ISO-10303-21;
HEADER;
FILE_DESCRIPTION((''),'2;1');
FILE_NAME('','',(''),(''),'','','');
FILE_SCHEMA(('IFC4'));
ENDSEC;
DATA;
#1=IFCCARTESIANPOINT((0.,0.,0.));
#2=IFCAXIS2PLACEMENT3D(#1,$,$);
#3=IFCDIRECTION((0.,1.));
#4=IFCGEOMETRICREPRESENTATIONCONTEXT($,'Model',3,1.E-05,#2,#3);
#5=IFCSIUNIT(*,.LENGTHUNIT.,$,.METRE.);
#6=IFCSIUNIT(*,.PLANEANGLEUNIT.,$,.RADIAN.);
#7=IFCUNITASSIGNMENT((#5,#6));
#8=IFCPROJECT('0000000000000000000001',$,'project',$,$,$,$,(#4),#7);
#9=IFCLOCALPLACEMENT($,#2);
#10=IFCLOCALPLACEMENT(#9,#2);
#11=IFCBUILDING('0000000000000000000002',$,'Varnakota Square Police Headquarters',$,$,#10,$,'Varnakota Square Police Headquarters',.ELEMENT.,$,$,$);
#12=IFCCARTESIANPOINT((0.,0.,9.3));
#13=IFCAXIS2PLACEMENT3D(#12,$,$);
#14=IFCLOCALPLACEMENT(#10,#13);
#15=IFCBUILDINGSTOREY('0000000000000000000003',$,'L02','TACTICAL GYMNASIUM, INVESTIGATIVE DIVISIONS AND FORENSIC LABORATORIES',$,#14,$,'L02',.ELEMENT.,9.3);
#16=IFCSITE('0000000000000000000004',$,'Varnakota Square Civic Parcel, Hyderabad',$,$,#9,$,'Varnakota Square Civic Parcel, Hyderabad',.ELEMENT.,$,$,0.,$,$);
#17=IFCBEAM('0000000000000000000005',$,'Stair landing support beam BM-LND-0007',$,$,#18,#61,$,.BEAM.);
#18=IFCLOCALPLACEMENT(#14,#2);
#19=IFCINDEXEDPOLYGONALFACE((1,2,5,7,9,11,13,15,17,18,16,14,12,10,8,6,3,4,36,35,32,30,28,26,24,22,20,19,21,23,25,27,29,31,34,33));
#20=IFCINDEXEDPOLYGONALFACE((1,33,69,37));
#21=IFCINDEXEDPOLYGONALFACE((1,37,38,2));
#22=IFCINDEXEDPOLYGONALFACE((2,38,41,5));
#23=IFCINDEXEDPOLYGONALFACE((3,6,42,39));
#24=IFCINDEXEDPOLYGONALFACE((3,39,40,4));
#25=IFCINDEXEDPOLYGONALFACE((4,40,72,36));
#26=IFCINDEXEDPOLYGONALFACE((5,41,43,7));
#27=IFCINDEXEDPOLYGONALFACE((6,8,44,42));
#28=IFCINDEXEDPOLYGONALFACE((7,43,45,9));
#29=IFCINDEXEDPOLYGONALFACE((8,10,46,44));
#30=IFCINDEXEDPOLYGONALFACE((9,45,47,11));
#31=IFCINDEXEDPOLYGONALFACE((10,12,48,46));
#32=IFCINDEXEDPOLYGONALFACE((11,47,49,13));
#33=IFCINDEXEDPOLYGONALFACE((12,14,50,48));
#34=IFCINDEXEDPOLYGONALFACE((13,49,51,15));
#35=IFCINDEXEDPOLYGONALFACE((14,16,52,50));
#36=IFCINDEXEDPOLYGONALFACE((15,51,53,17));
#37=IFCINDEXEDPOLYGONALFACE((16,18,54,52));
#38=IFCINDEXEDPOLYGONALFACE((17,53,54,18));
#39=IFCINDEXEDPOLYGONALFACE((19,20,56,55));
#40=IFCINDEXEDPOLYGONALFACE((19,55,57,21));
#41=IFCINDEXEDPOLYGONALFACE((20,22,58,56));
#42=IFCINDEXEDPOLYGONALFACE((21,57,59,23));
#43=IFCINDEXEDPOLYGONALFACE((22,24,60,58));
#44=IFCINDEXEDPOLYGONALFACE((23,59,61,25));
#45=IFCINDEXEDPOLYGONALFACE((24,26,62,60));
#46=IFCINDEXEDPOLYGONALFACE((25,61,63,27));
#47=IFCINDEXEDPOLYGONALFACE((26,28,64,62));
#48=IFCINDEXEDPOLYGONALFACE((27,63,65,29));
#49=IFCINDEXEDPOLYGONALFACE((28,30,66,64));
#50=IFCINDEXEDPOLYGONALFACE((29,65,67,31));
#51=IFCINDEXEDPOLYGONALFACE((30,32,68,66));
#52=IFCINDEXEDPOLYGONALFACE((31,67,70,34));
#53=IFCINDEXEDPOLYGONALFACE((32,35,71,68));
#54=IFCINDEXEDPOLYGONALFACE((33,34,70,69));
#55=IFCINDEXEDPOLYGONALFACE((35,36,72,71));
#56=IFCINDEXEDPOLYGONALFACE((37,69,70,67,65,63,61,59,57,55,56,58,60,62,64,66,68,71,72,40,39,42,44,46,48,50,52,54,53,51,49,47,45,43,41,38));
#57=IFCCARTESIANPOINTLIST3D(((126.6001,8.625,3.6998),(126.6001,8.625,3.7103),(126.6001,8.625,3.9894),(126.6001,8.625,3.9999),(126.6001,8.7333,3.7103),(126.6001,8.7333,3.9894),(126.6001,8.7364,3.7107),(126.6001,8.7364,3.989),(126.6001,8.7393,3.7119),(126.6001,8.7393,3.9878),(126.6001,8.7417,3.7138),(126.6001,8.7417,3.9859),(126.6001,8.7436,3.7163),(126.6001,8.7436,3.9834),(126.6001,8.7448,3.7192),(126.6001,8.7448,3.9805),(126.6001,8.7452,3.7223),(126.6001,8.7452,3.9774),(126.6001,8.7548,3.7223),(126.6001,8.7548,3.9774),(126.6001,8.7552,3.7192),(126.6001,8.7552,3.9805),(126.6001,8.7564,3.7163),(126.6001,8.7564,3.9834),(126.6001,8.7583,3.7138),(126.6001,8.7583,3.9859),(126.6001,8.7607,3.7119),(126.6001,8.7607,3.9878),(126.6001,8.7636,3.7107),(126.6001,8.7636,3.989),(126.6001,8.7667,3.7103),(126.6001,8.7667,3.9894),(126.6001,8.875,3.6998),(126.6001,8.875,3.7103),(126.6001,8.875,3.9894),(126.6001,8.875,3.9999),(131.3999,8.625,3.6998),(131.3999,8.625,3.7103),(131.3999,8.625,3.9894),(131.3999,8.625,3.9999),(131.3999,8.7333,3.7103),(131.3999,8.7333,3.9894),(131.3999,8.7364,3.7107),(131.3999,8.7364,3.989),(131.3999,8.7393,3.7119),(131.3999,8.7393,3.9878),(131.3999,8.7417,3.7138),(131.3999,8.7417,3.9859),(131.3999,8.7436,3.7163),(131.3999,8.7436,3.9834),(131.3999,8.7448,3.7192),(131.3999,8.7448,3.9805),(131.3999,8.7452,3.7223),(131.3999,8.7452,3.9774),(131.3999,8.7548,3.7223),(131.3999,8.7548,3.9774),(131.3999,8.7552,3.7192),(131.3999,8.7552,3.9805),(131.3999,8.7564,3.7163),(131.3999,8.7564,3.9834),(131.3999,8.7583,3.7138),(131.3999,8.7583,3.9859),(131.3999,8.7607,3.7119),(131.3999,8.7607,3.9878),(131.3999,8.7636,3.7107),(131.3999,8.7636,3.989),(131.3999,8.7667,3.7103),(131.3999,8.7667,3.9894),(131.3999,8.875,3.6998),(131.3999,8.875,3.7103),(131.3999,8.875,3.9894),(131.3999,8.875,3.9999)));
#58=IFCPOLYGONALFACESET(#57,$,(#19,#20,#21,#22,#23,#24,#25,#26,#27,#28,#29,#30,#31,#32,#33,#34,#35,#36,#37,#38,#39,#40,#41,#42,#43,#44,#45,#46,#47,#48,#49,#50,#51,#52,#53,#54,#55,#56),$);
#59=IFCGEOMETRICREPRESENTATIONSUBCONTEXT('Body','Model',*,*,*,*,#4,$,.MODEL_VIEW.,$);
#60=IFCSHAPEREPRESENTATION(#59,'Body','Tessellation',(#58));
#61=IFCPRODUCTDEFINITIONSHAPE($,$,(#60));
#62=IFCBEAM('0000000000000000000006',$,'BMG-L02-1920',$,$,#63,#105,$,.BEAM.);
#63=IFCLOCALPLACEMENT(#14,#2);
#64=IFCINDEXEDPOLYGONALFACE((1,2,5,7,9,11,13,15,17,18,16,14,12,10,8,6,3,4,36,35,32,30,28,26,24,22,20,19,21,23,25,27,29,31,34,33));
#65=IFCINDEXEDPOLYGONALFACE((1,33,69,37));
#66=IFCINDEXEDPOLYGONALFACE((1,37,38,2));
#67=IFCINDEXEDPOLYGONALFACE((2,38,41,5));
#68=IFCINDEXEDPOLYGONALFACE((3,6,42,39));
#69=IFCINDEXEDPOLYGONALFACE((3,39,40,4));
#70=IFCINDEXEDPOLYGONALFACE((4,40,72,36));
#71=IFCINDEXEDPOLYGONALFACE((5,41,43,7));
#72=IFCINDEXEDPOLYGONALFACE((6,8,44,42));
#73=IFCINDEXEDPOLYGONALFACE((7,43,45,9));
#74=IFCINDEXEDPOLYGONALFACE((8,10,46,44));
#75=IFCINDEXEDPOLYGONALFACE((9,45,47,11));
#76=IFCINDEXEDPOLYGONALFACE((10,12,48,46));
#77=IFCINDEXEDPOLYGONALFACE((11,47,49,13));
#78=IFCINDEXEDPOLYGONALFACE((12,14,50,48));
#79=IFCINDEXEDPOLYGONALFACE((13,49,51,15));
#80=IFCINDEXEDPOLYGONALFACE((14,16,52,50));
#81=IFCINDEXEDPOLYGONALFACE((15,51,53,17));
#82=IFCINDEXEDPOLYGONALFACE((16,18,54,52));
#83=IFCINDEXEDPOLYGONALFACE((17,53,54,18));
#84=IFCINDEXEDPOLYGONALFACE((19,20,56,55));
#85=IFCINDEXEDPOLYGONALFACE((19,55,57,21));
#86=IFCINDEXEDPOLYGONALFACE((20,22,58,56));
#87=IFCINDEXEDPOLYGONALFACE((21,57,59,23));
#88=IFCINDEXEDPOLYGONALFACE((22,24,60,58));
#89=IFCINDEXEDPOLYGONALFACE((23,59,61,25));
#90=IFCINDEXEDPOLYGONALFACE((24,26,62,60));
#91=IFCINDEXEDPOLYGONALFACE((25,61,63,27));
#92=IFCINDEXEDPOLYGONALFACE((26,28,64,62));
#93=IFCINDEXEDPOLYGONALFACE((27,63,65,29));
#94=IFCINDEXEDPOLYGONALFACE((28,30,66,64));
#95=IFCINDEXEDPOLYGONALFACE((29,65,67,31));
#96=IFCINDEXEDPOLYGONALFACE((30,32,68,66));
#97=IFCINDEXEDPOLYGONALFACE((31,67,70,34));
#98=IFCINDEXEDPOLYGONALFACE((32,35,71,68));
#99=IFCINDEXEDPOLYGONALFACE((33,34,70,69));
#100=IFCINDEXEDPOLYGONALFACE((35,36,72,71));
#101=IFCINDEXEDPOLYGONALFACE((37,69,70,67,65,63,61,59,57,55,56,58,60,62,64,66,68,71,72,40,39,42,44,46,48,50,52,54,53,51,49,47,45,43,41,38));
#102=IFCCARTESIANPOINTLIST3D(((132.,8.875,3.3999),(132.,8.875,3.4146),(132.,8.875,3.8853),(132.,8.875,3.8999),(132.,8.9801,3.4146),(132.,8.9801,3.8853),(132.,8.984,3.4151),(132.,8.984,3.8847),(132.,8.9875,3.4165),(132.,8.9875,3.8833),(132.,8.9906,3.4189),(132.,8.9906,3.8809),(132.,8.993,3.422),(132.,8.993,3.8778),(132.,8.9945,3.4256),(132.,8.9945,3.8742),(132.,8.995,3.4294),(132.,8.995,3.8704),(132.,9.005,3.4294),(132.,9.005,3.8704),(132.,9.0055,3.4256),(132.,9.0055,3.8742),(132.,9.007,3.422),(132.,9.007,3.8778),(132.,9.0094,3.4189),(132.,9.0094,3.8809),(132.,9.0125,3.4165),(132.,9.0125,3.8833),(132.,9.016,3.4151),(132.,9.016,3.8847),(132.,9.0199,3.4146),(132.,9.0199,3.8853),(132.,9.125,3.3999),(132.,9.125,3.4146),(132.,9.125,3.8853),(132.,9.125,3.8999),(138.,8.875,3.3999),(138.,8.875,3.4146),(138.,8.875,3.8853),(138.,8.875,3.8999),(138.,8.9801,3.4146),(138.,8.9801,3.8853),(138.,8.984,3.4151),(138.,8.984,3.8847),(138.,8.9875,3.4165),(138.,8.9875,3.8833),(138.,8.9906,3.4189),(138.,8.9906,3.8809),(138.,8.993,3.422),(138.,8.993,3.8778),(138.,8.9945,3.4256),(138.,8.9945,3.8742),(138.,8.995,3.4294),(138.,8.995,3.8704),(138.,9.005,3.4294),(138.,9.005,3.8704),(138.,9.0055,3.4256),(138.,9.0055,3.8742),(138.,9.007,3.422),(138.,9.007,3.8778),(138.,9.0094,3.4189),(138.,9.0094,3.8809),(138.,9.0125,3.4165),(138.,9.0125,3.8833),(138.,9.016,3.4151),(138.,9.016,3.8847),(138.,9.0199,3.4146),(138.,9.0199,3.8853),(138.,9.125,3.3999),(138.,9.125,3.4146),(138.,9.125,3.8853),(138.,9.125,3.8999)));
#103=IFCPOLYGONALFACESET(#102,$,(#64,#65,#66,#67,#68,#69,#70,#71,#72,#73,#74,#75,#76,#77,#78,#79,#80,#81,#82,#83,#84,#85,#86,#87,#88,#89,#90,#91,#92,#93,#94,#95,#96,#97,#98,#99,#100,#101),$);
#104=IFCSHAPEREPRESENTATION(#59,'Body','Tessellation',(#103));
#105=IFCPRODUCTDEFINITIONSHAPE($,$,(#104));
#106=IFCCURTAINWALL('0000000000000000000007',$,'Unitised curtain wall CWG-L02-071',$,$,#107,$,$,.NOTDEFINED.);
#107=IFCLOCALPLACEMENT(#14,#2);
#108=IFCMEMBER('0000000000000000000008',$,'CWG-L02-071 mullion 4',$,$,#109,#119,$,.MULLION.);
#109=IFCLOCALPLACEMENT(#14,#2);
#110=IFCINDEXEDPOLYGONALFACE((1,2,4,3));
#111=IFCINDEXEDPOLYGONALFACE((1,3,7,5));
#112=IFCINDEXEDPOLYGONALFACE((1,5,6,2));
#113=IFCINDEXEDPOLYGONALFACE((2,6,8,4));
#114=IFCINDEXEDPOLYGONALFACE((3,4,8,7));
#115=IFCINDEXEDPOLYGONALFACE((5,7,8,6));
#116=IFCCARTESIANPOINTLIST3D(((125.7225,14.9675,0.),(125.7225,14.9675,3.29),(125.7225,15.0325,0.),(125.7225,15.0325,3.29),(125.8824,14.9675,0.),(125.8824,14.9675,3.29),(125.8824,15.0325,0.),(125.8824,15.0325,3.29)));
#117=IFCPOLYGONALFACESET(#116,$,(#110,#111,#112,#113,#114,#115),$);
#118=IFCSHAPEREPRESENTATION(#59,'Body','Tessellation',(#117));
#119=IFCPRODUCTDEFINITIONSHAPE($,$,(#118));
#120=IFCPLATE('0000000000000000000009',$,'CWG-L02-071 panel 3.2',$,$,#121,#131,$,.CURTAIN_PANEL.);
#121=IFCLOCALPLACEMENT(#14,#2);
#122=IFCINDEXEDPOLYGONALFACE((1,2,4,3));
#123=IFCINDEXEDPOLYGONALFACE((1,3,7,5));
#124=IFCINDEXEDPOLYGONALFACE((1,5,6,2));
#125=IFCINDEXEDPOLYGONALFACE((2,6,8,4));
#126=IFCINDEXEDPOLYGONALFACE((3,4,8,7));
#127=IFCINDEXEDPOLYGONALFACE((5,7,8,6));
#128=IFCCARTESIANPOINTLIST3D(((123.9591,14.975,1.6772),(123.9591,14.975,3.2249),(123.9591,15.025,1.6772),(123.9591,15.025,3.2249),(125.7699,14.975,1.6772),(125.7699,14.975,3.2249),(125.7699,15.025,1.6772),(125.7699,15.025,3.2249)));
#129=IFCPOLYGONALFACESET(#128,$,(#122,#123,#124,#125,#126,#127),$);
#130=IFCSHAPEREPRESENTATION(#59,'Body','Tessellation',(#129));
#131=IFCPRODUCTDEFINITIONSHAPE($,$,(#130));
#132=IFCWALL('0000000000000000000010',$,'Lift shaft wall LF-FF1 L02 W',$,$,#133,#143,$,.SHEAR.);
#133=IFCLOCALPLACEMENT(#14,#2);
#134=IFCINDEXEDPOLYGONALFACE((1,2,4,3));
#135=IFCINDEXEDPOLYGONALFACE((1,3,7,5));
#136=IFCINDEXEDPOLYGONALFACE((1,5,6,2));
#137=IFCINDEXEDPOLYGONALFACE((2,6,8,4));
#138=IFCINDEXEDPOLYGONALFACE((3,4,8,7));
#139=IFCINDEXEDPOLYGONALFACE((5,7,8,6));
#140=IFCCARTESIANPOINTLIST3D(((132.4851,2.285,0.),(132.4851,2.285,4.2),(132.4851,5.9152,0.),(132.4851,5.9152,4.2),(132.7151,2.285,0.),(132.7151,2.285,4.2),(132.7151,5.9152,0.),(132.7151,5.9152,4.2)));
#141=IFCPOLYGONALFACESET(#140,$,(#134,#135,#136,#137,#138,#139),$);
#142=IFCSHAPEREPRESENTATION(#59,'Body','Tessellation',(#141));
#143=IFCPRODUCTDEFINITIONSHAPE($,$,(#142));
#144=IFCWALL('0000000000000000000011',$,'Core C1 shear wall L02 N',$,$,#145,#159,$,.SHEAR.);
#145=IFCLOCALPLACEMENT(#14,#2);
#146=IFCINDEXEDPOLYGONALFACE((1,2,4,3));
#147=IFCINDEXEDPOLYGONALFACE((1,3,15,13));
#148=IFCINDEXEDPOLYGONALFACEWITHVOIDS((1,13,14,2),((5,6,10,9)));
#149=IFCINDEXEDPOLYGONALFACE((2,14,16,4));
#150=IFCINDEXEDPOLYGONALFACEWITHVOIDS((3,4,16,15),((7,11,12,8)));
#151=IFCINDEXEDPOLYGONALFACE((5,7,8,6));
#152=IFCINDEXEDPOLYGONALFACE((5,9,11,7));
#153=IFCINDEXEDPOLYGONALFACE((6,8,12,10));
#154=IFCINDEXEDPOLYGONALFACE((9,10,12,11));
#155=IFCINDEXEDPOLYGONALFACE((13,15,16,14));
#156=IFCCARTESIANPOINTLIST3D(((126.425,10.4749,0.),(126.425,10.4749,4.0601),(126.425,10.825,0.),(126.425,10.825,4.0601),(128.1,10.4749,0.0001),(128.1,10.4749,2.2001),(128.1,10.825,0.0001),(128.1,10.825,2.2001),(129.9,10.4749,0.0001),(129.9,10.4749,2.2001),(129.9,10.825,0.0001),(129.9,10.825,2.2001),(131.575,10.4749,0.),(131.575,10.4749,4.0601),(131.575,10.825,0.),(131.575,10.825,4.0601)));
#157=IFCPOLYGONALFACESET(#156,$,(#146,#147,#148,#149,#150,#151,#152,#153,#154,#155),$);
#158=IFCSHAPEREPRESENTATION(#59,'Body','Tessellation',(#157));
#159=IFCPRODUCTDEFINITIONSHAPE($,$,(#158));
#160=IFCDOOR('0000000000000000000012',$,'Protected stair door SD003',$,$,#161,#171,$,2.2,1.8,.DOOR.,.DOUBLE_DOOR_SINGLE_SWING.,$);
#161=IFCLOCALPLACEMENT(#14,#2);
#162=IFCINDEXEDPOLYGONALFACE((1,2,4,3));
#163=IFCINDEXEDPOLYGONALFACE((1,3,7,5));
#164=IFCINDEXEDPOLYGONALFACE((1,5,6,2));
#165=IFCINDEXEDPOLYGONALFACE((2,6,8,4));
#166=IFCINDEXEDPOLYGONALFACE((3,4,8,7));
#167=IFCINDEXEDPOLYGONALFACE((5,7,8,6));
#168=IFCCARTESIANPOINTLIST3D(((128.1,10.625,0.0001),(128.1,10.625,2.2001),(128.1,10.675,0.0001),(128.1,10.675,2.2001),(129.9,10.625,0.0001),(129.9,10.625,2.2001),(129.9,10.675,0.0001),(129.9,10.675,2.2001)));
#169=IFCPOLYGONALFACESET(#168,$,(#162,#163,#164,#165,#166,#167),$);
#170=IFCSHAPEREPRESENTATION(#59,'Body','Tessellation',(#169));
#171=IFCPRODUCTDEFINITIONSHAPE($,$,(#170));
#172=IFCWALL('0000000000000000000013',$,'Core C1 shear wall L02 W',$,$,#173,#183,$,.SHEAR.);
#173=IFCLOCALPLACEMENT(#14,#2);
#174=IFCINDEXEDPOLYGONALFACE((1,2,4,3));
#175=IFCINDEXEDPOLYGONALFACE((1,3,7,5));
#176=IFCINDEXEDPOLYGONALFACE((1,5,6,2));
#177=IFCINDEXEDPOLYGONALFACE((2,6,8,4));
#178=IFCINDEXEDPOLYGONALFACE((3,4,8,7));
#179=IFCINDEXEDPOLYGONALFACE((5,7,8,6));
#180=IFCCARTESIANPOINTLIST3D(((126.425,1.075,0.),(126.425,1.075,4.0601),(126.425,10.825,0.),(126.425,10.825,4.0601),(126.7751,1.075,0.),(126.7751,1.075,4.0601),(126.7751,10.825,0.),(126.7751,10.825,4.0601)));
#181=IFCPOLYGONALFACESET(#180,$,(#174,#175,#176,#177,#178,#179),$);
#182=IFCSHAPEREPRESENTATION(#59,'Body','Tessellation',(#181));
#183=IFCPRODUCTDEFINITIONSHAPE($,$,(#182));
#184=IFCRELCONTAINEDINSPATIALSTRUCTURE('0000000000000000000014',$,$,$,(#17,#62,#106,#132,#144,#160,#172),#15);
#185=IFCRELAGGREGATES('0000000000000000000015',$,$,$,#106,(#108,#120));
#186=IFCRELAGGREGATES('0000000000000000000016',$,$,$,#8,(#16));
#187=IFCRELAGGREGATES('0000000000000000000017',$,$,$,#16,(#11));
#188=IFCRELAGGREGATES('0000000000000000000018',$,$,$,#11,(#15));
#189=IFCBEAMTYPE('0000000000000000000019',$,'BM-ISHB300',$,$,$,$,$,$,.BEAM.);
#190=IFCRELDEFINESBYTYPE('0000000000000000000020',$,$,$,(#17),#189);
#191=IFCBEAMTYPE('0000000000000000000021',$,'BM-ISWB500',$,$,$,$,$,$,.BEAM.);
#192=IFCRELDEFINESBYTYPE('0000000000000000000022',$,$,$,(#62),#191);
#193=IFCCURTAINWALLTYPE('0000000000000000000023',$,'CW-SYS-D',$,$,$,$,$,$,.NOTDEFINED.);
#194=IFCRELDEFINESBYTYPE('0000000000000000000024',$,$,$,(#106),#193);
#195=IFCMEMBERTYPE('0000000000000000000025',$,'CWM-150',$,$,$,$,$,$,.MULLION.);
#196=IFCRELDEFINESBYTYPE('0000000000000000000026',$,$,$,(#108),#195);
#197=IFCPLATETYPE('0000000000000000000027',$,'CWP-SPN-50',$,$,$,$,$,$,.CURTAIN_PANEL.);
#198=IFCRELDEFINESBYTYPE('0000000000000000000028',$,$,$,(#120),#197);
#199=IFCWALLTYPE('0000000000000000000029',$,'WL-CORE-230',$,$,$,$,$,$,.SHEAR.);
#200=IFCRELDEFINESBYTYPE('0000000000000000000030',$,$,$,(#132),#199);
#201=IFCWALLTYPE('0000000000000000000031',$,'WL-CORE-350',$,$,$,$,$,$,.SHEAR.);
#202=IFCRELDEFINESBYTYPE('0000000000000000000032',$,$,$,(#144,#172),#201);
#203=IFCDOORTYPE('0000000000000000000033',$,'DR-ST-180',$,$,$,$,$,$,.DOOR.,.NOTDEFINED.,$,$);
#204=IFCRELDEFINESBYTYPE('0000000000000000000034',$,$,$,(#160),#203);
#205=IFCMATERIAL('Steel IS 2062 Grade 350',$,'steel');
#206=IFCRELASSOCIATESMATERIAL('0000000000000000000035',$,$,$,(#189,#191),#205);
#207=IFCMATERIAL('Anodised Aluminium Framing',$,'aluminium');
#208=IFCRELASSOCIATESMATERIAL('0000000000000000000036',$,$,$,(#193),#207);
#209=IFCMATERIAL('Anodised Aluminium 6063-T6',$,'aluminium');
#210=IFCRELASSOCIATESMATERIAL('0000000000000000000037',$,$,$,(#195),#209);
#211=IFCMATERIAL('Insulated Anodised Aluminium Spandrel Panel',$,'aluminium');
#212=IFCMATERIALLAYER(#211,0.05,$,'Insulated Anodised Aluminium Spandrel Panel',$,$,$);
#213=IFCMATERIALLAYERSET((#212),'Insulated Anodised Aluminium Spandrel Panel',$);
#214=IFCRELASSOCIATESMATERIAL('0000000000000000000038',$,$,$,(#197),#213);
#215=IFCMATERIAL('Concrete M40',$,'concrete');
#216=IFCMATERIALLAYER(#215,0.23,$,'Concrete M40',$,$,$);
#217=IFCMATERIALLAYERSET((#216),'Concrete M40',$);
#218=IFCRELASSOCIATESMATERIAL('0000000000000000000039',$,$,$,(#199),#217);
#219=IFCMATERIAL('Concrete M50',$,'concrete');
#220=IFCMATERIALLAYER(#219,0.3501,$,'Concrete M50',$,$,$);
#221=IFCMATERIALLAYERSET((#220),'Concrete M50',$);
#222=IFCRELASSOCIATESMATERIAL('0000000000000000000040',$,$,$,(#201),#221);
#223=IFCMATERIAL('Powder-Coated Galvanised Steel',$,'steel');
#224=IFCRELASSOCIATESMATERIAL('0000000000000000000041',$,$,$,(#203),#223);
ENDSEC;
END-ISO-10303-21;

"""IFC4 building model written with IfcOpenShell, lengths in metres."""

from ifc_helpers import new_model, si_unit, direction, frame, frame_2d, origin, origin_2d, place, context, subcontext, project, spatial, rectangle, i_section, extrude, material, layer, layer_set, material_profile, profile_set, type_object, element, fill, aggregate, save


model = new_model("IFC4")

# Units and contexts
model_context = context("Model", 3, precision=1e-05, world=origin(), true_north=direction((0.0, 1.0)))
body_context = subcontext(model_context, "Body", "Model", "MODEL_VIEW")
ifc_project = project(units=[si_unit("LENGTHUNIT", "METRE"), si_unit("PLANEANGLEUNIT", "RADIAN")], contexts=[model_context])

# Site, building, storey
site_placement = place(None, origin())
site = spatial("IfcSite", under=ifc_project, at=site_placement, Name="Varnakota Square Civic Parcel, Hyderabad", LongName="Varnakota Square Civic Parcel, Hyderabad", CompositionType="ELEMENT", RefElevation=0.0)
building_placement = place(site_placement, origin())
building = spatial("IfcBuilding", under=site, at=building_placement, Name="Varnakota Square Police Headquarters", LongName="Varnakota Square Police Headquarters", CompositionType="ELEMENT")
storey_placement = place(building_placement, frame((0.0, 0.0, 9.3)))
storey = spatial("IfcBuildingStorey", under=building, at=storey_placement, Name="L02", Description="TACTICAL GYMNASIUM, INVESTIGATIVE DIVISIONS AND FORENSIC LABORATORIES", LongName="L02", CompositionType="ELEMENT", Elevation=9.3)

# Shared definitions
ifc_material_1 = material(Name="Steel IS 2062 Grade 350", Category="steel")

# Beams
ifc_material_profile_1 = material_profile(ifc_material_1, i_section(OverallWidth=0.25, OverallDepth=0.3, WebThickness=0.0095, FlangeThickness=0.0105, FilletRadius=0.012, at=origin_2d()), Name="ISHB 300")
ifc_profile_set_1 = profile_set([ifc_material_profile_1], Name="Steel IS 2062 Grade 350")
beam_type_1 = type_object("IfcBeamType", Name="BM-ISHB300", PredefinedType="BEAM", material=ifc_profile_set_1)
beam_1_placement = place(storey_placement, frame((126.6001, 8.75, 3.8499), z_axis=(1.0, 0.0, 0.0), x_axis=(0.0, 1.0, 0.0)))
element("IfcBeam", 1, at=beam_1_placement, inside=storey, type_object=beam_type_1, Name="Stair landing support beam BM-LND-0007", PredefinedType="BEAM", context=body_context, shape_type="SweptSolid", body=[
    extrude(i_section(OverallWidth=0.25, OverallDepth=0.3, WebThickness=0.0095, FlangeThickness=0.0105, FilletRadius=0.012, at=origin_2d()), origin(), (0.0, 0.0, 1.0), 4.7998),
])
ifc_material_profile_2 = material_profile(ifc_material_1, i_section(OverallWidth=0.25, OverallDepth=0.5, WebThickness=0.01, FlangeThickness=0.0146, FilletRadius=0.0149, at=origin_2d()), Name="ISWB 500")
ifc_profile_set_2 = profile_set([ifc_material_profile_2], Name="Steel IS 2062 Grade 350")
beam_type_2 = type_object("IfcBeamType", Name="BM-ISWB500", PredefinedType="BEAM", material=ifc_profile_set_2)
beam_2_placement = place(storey_placement, frame((132.0, 9.0, 3.6499), z_axis=(1.0, 0.0, 0.0), x_axis=(0.0, 1.0, 0.0)))
element("IfcBeam", 2, at=beam_2_placement, inside=storey, type_object=beam_type_2, Name="BMG-L02-1920", PredefinedType="BEAM", context=body_context, shape_type="SweptSolid", body=[
    extrude(i_section(OverallWidth=0.25, OverallDepth=0.5, WebThickness=0.01, FlangeThickness=0.0146, FilletRadius=0.0149, at=origin_2d()), origin(), (0.0, 0.0, 1.0), 6.0),
])

# Curtain wall, member, plate
ifc_material_2 = material(Name="Anodised Aluminium Framing", Category="aluminium")
curtain_wall_type = type_object("IfcCurtainWallType", Name="CW-SYS-D", PredefinedType="NOTDEFINED", material=ifc_material_2)
curtain_wall_placement = place(storey_placement, origin())
curtain_wall = element("IfcCurtainWall", 3, at=curtain_wall_placement, inside=storey, type_object=curtain_wall_type, Name="Unitised curtain wall CWG-L02-071", PredefinedType="NOTDEFINED")
ifc_material_3 = material(Name="Anodised Aluminium 6063-T6", Category="aluminium")
ifc_material_profile_3 = material_profile(ifc_material_3, rectangle(XDim=0.0649, YDim=0.1599, at=origin_2d()), Name="ALU MULLION 65x160")
ifc_profile_set_3 = profile_set([ifc_material_profile_3], Name="Anodised Aluminium 6063-T6")
member_type = type_object("IfcMemberType", Name="CWM-150", PredefinedType="MULLION", material=ifc_profile_set_3)
member_placement = place(storey_placement, frame((125.8025, 15.0, 0.0), z_axis=(0.0, 0.0, 1.0), x_axis=(0.0, 1.0, 0.0)))
member = element("IfcMember", 4, at=member_placement, type_object=member_type, Name="CWG-L02-071 mullion 4", PredefinedType="MULLION", context=body_context, shape_type="SweptSolid", body=[
    extrude(rectangle(XDim=0.0649, YDim=0.1599, at=origin_2d()), origin(), (0.0, 0.0, 1.0), 3.29),
])
ifc_material_4 = material(Name="Insulated Anodised Aluminium Spandrel Panel", Category="aluminium")
ifc_layer_1 = layer(ifc_material_4, 0.05, Name="Insulated Anodised Aluminium Spandrel Panel")
ifc_layer_set_1 = layer_set([ifc_layer_1], Name="Insulated Anodised Aluminium Spandrel Panel")
plate_type = type_object("IfcPlateType", Name="CWP-SPN-50", PredefinedType="CURTAIN_PANEL", material=ifc_layer_set_1)
plate_placement = place(storey_placement, frame((124.8645, 15.0, 1.6772), z_axis=(0.0, 0.0, 1.0), x_axis=(1.0, 0.0, 0.0)))
plate = element("IfcPlate", 5, at=plate_placement, type_object=plate_type, Name="CWG-L02-071 panel 3.2", PredefinedType="CURTAIN_PANEL", context=body_context, shape_type="SweptSolid", body=[
    extrude(rectangle(XDim=1.8108, YDim=0.05, at=origin_2d()), origin(), (0.0, 0.0, 1.0), 1.5476),
])
aggregate(curtain_wall, [member, plate])

# Wall
ifc_material_5 = material(Name="Concrete M40", Category="concrete")
ifc_layer_2 = layer(ifc_material_5, 0.23, Name="Concrete M40")
ifc_layer_set_2 = layer_set([ifc_layer_2], Name="Concrete M40")
wall_type_1 = type_object("IfcWallType", Name="WL-CORE-230", PredefinedType="SHEAR", material=ifc_layer_set_2)
wall_1_placement = place(storey_placement, frame((132.6001, 5.915, 0.0), z_axis=(0.0, 0.0, 1.0), x_axis=(0.0, -1.0, 0.0)))
element("IfcWall", 6, at=wall_1_placement, inside=storey, type_object=wall_type_1, Name="Lift shaft wall LF-FF1 L02 W", PredefinedType="SHEAR", context=body_context, shape_type="SweptSolid", body=[
    extrude(rectangle(XDim=3.6301, YDim=0.23, at=frame_2d((1.8149, 0.0))), origin(), (0.0, 0.0, 1.0), 4.2),
])

# Wall, opening, door
ifc_material_6 = material(Name="Concrete M50", Category="concrete")
ifc_layer_3 = layer(ifc_material_6, 0.3501, Name="Concrete M50")
ifc_layer_set_3 = layer_set([ifc_layer_3], Name="Concrete M50")
wall_type_2 = type_object("IfcWallType", Name="WL-CORE-350", PredefinedType="SHEAR", material=ifc_layer_set_3)
wall_2_placement = place(storey_placement, frame((131.575, 10.6499, 0.0), z_axis=(0.0, 0.0, 1.0), x_axis=(-1.0, 0.0, 0.0)))
wall_2 = element("IfcWall", 7, at=wall_2_placement, inside=storey, type_object=wall_type_2, Name="Core C1 shear wall L02 N", PredefinedType="SHEAR", context=body_context, shape_type="SweptSolid", body=[
    extrude(rectangle(XDim=5.1499, YDim=0.3501, at=frame_2d((2.575, 0.0))), origin(), (0.0, 0.0, 1.0), 4.0601),
])
opening_1_placement = place(wall_2_placement, frame((1.675, 0.0, 0.0)))
opening_1 = element("IfcOpeningElement", 8, at=opening_1_placement, cuts=wall_2, PredefinedType="OPENING", context=body_context, shape_type="SweptSolid", body=[
    extrude(rectangle(XDim=1.8, YDim=2.2, at=frame_2d((0.8999, 1.1001))), frame((0.0, 0.1851, 0.0), z_axis=(0.0, -1.0, 0.0), x_axis=(1.0, 0.0, 0.0)), (0.0, 0.0, 1.0), 0.3701),
])
ifc_material_7 = material(Name="Powder-Coated Galvanised Steel", Category="steel")
door_type_1 = type_object("IfcDoorType", Name="DR-ST-180", OperationType="NOTDEFINED", PredefinedType="DOOR", material=ifc_material_7)
door_1_placement = place(opening_1_placement, origin())
door_1 = element("IfcDoor", 9, at=door_1_placement, inside=storey, type_object=door_type_1, Name="Protected stair door SD003", OperationType="DOUBLE_DOOR_SINGLE_SWING", OverallHeight=2.2, OverallWidth=1.8, PredefinedType="DOOR", context=body_context, shape_type="SweptSolid", body=[
    extrude(rectangle(XDim=1.8, YDim=2.2, at=frame_2d((0.8999, 1.1001))), frame((0.0, 0.0249, 0.0), z_axis=(0.0, -1.0, 0.0), x_axis=(1.0, 0.0, 0.0)), (0.0, 0.0, 1.0), 0.05),
])
fill(opening_1, door_1)

# Wall
wall_3_placement = place(storey_placement, frame((126.6001, 10.825, 0.0), z_axis=(0.0, 0.0, 1.0), x_axis=(0.0, -1.0, 0.0)))
element("IfcWall", 10, at=wall_3_placement, inside=storey, type_object=wall_type_2, Name="Core C1 shear wall L02 W", PredefinedType="SHEAR", context=body_context, shape_type="SweptSolid", body=[
    extrude(rectangle(XDim=9.75, YDim=0.3501, at=frame_2d((4.875, 0.0))), origin(), (0.0, 0.0, 1.0), 4.0601),
])

save(model, "model.ifc")
